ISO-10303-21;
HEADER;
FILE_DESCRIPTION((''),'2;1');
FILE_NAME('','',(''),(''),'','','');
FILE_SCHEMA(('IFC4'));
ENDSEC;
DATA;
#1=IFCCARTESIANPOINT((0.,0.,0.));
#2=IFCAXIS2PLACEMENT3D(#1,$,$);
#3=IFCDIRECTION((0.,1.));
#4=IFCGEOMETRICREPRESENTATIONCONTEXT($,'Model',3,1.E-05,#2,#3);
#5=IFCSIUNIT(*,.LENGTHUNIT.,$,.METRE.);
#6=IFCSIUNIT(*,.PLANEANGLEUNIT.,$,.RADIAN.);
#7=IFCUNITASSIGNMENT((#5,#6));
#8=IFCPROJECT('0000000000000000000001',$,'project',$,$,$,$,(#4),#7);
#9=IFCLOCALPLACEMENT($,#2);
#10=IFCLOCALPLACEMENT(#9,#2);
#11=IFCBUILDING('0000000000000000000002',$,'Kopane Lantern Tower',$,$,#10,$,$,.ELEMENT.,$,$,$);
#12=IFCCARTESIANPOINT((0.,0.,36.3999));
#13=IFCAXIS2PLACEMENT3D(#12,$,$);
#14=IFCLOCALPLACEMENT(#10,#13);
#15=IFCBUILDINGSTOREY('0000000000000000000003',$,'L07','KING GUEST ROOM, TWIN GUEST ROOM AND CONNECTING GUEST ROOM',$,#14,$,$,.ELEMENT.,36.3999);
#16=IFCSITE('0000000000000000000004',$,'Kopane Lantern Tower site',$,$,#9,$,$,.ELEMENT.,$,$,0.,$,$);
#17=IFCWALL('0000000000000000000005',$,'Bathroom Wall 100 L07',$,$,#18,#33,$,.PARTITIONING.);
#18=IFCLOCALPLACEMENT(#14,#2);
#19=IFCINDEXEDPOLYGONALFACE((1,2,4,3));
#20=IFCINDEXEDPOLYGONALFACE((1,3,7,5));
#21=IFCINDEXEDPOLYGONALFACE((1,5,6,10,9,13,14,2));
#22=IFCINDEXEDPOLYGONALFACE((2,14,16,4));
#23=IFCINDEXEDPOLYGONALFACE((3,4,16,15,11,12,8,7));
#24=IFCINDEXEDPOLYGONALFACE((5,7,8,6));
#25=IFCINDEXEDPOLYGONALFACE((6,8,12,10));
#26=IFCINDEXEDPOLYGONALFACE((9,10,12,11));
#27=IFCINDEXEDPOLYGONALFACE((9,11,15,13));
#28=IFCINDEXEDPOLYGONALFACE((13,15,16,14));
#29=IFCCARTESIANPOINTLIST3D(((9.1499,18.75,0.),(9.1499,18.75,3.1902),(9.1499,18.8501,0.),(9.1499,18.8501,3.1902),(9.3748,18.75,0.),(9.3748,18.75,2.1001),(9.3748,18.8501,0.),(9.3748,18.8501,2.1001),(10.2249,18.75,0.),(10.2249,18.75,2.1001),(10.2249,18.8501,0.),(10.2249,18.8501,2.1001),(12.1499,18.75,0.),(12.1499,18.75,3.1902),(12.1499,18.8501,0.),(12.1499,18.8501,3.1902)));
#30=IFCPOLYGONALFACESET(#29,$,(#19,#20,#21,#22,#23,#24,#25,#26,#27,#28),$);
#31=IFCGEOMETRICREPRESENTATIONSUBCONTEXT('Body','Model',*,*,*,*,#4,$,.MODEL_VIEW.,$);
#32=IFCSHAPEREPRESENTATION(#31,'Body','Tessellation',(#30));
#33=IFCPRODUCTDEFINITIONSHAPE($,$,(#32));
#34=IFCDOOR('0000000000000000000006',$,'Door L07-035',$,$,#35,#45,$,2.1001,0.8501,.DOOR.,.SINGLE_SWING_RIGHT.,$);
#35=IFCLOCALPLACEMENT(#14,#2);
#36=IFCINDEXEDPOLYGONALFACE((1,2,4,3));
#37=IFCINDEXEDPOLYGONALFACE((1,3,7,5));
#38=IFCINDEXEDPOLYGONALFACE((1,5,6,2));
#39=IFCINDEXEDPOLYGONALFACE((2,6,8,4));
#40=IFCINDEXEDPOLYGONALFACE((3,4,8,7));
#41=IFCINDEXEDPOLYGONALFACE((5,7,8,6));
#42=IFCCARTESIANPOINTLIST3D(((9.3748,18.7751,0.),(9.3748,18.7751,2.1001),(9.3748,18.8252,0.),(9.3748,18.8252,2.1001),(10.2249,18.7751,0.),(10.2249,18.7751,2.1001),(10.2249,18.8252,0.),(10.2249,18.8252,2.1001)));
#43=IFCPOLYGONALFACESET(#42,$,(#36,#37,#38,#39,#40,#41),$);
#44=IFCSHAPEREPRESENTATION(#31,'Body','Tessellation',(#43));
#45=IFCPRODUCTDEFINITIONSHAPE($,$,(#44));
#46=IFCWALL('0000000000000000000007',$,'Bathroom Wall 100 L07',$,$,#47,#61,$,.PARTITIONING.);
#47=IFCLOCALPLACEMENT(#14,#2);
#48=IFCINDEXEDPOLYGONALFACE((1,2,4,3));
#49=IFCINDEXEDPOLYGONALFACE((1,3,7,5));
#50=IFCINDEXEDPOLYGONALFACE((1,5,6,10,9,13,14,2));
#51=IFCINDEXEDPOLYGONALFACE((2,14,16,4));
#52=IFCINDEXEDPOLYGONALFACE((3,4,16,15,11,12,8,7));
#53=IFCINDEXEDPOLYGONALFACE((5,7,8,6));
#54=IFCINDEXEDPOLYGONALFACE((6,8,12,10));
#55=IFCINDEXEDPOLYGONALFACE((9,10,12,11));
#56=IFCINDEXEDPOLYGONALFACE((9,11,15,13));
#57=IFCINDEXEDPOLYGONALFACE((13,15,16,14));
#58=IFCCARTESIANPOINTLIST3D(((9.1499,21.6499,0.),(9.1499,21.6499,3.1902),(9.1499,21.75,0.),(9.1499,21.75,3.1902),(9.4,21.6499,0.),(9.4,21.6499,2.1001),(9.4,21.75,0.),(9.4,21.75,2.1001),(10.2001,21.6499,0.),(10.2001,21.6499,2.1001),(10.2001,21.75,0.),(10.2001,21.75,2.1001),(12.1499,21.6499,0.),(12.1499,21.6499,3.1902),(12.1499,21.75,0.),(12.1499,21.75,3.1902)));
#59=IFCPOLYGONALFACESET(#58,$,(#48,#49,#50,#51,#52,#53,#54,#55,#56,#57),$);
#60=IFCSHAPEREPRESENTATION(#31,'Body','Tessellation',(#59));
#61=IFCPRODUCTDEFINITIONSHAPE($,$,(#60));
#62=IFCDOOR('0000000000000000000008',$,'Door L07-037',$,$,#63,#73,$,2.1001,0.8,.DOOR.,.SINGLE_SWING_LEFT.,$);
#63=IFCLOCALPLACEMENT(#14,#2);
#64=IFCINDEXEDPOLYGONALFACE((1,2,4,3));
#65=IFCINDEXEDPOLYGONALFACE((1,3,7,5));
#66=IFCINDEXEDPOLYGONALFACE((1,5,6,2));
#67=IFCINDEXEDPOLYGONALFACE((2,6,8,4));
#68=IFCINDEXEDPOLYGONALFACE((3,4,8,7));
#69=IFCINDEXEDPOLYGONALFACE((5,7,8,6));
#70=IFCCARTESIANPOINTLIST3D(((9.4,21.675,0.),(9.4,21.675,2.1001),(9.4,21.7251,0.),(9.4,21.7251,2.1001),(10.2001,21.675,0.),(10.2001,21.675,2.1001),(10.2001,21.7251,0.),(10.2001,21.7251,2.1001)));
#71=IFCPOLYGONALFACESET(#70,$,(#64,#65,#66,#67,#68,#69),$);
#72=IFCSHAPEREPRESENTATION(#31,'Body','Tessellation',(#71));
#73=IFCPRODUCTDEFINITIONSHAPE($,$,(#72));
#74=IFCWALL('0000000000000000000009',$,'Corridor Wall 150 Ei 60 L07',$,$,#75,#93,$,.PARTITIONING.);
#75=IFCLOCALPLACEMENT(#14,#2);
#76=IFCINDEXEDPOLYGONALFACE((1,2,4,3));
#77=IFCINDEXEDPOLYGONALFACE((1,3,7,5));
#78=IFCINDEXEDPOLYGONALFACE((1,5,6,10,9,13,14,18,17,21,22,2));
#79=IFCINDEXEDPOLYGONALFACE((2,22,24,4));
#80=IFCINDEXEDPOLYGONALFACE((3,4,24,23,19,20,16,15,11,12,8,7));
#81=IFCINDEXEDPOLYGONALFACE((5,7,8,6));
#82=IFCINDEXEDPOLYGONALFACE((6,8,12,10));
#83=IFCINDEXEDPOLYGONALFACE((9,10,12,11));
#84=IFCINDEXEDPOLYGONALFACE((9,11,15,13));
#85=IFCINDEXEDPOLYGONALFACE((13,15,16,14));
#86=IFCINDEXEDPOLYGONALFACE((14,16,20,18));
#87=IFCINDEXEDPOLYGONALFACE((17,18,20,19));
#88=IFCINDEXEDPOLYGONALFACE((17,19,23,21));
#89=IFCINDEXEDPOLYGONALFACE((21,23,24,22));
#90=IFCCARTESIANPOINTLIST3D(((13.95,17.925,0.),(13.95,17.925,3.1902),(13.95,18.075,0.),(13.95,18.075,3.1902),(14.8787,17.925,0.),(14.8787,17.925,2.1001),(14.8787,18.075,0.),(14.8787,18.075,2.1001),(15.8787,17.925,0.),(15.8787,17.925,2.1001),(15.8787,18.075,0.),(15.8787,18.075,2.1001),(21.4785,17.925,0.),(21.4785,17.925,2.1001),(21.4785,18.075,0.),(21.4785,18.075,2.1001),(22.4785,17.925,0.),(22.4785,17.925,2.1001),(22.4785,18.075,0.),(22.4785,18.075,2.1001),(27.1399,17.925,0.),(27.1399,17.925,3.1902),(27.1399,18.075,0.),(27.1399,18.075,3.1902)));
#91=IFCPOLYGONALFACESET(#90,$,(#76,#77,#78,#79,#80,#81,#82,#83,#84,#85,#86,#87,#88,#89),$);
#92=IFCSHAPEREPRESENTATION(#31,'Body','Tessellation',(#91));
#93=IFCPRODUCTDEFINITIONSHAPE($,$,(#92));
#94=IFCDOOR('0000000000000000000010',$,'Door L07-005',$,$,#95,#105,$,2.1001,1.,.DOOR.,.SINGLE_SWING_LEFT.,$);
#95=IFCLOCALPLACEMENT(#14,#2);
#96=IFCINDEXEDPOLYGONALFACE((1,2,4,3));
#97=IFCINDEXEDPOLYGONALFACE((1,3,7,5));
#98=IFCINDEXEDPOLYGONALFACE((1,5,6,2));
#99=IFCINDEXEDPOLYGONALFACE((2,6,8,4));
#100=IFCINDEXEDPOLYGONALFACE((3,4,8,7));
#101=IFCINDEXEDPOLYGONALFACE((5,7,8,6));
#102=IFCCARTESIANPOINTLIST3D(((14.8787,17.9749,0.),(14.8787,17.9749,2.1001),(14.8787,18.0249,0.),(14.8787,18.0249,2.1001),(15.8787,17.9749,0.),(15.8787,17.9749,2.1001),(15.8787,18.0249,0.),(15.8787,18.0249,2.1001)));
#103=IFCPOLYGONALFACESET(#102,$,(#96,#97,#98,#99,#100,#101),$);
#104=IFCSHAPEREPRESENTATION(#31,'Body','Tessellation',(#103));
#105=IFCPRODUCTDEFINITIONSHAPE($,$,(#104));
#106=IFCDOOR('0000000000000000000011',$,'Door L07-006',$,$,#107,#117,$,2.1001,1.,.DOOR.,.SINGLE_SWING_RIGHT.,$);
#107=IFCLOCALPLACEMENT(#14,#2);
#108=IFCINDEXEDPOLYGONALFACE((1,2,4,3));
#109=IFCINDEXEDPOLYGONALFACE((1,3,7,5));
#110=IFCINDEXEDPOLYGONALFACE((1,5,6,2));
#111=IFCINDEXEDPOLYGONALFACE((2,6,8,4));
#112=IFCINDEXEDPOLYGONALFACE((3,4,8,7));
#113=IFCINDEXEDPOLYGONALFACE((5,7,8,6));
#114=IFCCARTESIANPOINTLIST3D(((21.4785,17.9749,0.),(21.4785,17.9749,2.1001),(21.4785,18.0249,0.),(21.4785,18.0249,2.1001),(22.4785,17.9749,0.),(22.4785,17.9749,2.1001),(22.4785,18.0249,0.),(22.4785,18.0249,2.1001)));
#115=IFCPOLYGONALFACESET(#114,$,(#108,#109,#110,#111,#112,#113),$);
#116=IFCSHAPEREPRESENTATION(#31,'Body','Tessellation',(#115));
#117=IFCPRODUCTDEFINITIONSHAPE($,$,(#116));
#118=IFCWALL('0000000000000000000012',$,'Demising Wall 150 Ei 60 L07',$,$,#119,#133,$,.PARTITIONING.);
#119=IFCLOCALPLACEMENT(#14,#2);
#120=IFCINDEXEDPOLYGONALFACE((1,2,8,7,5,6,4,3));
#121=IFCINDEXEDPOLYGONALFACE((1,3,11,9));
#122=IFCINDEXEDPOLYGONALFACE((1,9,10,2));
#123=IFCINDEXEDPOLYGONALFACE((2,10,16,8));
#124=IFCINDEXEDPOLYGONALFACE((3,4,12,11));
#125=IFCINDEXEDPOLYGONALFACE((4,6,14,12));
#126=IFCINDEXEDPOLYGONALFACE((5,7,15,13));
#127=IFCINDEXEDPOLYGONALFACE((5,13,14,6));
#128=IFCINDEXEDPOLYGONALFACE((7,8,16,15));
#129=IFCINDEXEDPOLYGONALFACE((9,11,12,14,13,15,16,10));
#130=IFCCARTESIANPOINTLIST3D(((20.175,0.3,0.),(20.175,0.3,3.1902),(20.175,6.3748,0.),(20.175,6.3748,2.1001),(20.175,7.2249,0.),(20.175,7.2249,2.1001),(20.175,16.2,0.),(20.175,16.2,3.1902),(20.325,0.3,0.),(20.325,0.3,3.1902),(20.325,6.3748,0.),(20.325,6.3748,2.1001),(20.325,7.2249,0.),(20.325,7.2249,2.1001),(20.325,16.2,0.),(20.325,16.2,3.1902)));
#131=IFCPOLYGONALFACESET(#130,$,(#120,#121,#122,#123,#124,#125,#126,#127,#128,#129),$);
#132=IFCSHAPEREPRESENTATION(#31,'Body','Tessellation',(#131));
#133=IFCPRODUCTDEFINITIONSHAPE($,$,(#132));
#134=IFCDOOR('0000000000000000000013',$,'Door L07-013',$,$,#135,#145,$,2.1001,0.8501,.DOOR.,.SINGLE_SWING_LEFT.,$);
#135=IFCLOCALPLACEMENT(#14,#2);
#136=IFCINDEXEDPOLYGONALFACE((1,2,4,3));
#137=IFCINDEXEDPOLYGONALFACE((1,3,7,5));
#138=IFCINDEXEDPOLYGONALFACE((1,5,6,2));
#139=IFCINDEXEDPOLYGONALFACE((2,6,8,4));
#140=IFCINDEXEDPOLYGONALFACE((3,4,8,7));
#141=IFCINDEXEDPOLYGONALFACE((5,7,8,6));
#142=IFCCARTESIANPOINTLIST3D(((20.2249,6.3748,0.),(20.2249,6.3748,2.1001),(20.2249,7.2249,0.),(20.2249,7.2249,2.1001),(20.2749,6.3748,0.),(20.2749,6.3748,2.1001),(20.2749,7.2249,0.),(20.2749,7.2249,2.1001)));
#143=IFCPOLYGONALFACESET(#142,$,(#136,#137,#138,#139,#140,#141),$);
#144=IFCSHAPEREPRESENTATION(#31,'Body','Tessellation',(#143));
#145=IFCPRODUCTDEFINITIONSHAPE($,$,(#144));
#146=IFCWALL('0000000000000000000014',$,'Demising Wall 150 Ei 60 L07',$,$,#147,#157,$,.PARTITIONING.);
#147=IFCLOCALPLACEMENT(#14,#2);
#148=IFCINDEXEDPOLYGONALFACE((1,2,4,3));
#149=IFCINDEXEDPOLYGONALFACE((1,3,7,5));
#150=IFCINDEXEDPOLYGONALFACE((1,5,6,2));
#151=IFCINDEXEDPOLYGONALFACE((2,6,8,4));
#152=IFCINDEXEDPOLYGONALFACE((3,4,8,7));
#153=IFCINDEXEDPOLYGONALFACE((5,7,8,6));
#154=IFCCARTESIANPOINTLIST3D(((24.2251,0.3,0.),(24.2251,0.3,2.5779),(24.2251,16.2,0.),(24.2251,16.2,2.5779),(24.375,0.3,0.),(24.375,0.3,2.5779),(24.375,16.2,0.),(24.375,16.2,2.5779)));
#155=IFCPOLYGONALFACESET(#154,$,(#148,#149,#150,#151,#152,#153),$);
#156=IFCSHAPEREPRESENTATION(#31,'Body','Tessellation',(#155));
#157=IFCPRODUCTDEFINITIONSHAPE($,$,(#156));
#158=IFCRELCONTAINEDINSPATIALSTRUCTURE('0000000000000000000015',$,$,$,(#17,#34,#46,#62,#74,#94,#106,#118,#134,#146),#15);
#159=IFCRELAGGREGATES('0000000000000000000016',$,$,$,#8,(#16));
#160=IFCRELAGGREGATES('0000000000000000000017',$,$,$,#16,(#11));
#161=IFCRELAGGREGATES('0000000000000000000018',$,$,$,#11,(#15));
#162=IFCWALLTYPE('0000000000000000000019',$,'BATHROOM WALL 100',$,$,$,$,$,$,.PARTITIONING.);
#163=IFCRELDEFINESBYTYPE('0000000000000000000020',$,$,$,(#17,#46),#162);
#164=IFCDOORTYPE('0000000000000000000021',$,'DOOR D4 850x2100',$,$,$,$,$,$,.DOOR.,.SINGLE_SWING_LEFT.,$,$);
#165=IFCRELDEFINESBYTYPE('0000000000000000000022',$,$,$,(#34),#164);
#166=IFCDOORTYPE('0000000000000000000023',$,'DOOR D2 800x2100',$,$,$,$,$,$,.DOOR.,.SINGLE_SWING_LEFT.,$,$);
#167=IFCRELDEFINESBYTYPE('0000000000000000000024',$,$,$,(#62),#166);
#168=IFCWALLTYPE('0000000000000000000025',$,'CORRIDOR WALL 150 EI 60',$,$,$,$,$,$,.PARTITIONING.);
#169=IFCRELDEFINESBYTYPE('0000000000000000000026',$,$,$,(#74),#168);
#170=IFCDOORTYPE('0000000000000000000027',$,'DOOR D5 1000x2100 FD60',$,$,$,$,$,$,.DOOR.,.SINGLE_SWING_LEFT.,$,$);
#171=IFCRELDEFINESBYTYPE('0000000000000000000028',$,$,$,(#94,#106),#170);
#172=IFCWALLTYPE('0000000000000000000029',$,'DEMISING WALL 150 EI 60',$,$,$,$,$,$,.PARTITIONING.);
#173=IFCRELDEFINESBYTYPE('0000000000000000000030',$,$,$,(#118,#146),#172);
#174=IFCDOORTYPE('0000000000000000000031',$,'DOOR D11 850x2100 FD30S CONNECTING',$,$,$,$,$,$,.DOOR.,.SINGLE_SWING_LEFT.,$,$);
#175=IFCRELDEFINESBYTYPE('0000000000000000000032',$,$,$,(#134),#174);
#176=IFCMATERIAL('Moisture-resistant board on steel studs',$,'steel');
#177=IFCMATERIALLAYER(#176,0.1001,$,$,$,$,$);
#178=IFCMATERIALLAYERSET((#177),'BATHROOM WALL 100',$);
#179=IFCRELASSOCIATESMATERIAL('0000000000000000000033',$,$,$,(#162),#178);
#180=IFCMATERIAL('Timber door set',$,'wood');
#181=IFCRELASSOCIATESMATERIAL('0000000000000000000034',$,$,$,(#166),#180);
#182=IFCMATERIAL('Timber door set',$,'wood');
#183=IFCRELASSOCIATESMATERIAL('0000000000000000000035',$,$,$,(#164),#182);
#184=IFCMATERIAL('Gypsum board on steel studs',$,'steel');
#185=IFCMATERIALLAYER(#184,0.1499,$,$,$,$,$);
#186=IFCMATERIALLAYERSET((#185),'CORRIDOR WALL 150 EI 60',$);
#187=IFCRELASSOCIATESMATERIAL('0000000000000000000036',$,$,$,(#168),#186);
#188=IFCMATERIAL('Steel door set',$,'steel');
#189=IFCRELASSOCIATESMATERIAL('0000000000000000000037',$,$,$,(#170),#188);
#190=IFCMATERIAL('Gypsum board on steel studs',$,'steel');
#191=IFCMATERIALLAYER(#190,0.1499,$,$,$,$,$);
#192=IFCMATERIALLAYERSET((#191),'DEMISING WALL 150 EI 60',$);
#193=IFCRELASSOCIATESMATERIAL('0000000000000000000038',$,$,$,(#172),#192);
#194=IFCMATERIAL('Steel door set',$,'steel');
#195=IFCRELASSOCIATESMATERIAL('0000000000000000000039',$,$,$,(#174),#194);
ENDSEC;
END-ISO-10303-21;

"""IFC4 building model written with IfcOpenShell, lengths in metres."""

from ifc_helpers import new_model, si_unit, direction, frame, frame_2d, origin, place, context, subcontext, project, spatial, rectangle, extrude, material, layer, layer_set, type_object, element, fill, save


model = new_model("IFC4")

# Units and contexts
model_context = context("Model", 3, precision=1e-05, world=origin(), true_north=direction((0.0, 1.0)))
body_context = subcontext(model_context, "Body", "Model", "MODEL_VIEW")
ifc_project = project(units=[si_unit("LENGTHUNIT", "METRE"), si_unit("PLANEANGLEUNIT", "RADIAN")], contexts=[model_context])

# Site, building, storey
site_placement = place(None, origin())
site = spatial("IfcSite", under=ifc_project, at=site_placement, Name="Kopane Lantern Tower site", CompositionType="ELEMENT", RefElevation=0.0)
building_placement = place(site_placement, origin())
building = spatial("IfcBuilding", under=site, at=building_placement, Name="Kopane Lantern Tower", CompositionType="ELEMENT")
storey_placement = place(building_placement, frame((0.0, 0.0, 36.3999)))
storey = spatial("IfcBuildingStorey", under=building, at=storey_placement, Name="L07", Description="KING GUEST ROOM, TWIN GUEST ROOM AND CONNECTING GUEST ROOM", CompositionType="ELEMENT", Elevation=36.3999)

# Walls, openings, doors
ifc_material_1 = material(Name="Moisture-resistant board on steel studs", Category="steel")
ifc_layer_1 = layer(ifc_material_1, 0.1001)
ifc_layer_set_1 = layer_set([ifc_layer_1], Name="BATHROOM WALL 100")
wall_type_1 = type_object("IfcWallType", Name="BATHROOM WALL 100", PredefinedType="PARTITIONING", material=ifc_layer_set_1)
ifc_material_2 = material(Name="Timber door set", Category="wood")
door_type_1 = type_object("IfcDoorType", Name="DOOR D2 800x2100", OperationType="SINGLE_SWING_LEFT", PredefinedType="DOOR", material=ifc_material_2)
wall_1_placement = place(storey_placement, frame((12.1499, 18.8, 0.0), z_axis=(0.0, 0.0, 1.0), x_axis=(-1.0, 0.0, 0.0)))
wall_1 = element("IfcWall", 1, at=wall_1_placement, inside=storey, type_object=wall_type_1, Name="Bathroom Wall 100 L07", PredefinedType="PARTITIONING", context=body_context, shape_type="SweptSolid", body=[
    extrude(rectangle(XDim=3.0, YDim=0.1001, at=frame_2d((1.5, 0.0))), origin(), (0.0, 0.0, 1.0), 3.1902),
])
opening_1_placement = place(wall_1_placement, frame((1.925, 0.0, 0.0)))
opening_1 = element("IfcOpeningElement", 2, at=opening_1_placement, cuts=wall_1, PredefinedType="OPENING", context=body_context, shape_type="SweptSolid", body=[
    extrude(rectangle(XDim=0.8501, YDim=2.1001, at=frame_2d((0.425, 1.05))), frame((0.0, 0.0601, 0.0), z_axis=(0.0, -1.0, 0.0), x_axis=(1.0, 0.0, 0.0)), (0.0, 0.0, 1.0), 0.1201),
])
ifc_material_3 = material(Name="Timber door set", Category="wood")
door_type_2 = type_object("IfcDoorType", Name="DOOR D4 850x2100", OperationType="SINGLE_SWING_LEFT", PredefinedType="DOOR", material=ifc_material_3)
door_1_placement = place(opening_1_placement, origin())
door_1 = element("IfcDoor", 3, at=door_1_placement, inside=storey, type_object=door_type_2, Name="Door L07-035", OperationType="SINGLE_SWING_RIGHT", OverallHeight=2.1001, OverallWidth=0.8501, PredefinedType="DOOR", context=body_context, shape_type="SweptSolid", body=[
    extrude(rectangle(XDim=0.8501, YDim=2.1001, at=frame_2d((0.425, 1.05))), frame((0.0, 0.0249, 0.0), z_axis=(0.0, -1.0, 0.0), x_axis=(1.0, 0.0, 0.0)), (0.0, 0.0, 1.0), 0.05),
])
fill(opening_1, door_1)
wall_2_placement = place(storey_placement, frame((12.1499, 21.7, 0.0), z_axis=(0.0, 0.0, 1.0), x_axis=(-1.0, 0.0, 0.0)))
wall_2 = element("IfcWall", 4, at=wall_2_placement, inside=storey, type_object=wall_type_1, Name="Bathroom Wall 100 L07", PredefinedType="PARTITIONING", context=body_context, shape_type="SweptSolid", body=[
    extrude(rectangle(XDim=3.0, YDim=0.1001, at=frame_2d((1.5, 0.0))), origin(), (0.0, 0.0, 1.0), 3.1902),
])
opening_2_placement = place(wall_2_placement, frame((1.95, 0.0, 0.0)))
opening_2 = element("IfcOpeningElement", 5, at=opening_2_placement, cuts=wall_2, PredefinedType="OPENING", context=body_context, shape_type="SweptSolid", body=[
    extrude(rectangle(XDim=0.8, YDim=2.1001, at=frame_2d((0.3999, 1.05))), frame((0.0, 0.0601, 0.0), z_axis=(0.0, -1.0, 0.0), x_axis=(1.0, 0.0, 0.0)), (0.0, 0.0, 1.0), 0.1201),
])
door_2_placement = place(opening_2_placement, origin())
door_2 = element("IfcDoor", 6, at=door_2_placement, inside=storey, type_object=door_type_1, Name="Door L07-037", OperationType="SINGLE_SWING_LEFT", OverallHeight=2.1001, OverallWidth=0.8, PredefinedType="DOOR", context=body_context, shape_type="SweptSolid", body=[
    extrude(rectangle(XDim=0.8, YDim=2.1001, at=frame_2d((0.3999, 1.05))), frame((0.0, 0.0249, 0.0), z_axis=(0.0, -1.0, 0.0), x_axis=(1.0, 0.0, 0.0)), (0.0, 0.0, 1.0), 0.05),
])
fill(opening_2, door_2)

# Wall, openings, doors
ifc_material_4 = material(Name="Gypsum board on steel studs", Category="steel")
ifc_layer_2 = layer(ifc_material_4, 0.1499)
ifc_layer_set_2 = layer_set([ifc_layer_2], Name="CORRIDOR WALL 150 EI 60")
wall_type_2 = type_object("IfcWallType", Name="CORRIDOR WALL 150 EI 60", PredefinedType="PARTITIONING", material=ifc_layer_set_2)
wall_3_placement = place(storey_placement, frame((13.95, 18.0, 0.0), z_axis=(0.0, 0.0, 1.0), x_axis=(1.0, 0.0, 0.0)))
wall_3 = element("IfcWall", 7, at=wall_3_placement, inside=storey, type_object=wall_type_2, Name="Corridor Wall 150 Ei 60 L07", PredefinedType="PARTITIONING", context=body_context, shape_type="SweptSolid", body=[
    extrude(rectangle(XDim=13.1899, YDim=0.1499, at=frame_2d((6.595, 0.0))), origin(), (0.0, 0.0, 1.0), 3.1902),
])
opening_3_placement = place(wall_3_placement, frame((0.9287, 0.0, 0.0)))
opening_3 = element("IfcOpeningElement", 8, at=opening_3_placement, cuts=wall_3, PredefinedType="OPENING", context=body_context, shape_type="SweptSolid", body=[
    extrude(rectangle(XDim=1.0, YDim=2.1001, at=frame_2d((0.5, 1.05))), frame((0.0, 0.085, 0.0), z_axis=(0.0, -1.0, 0.0), x_axis=(1.0, 0.0, 0.0)), (0.0, 0.0, 1.0), 0.1699),
])
opening_4_placement = place(wall_3_placement, frame((7.5286, 0.0, 0.0)))
opening_4 = element("IfcOpeningElement", 9, at=opening_4_placement, cuts=wall_3, PredefinedType="OPENING", context=body_context, shape_type="SweptSolid", body=[
    extrude(rectangle(XDim=1.0, YDim=2.1001, at=frame_2d((0.5, 1.05))), frame((0.0, 0.085, 0.0), z_axis=(0.0, -1.0, 0.0), x_axis=(1.0, 0.0, 0.0)), (0.0, 0.0, 1.0), 0.1699),
])
ifc_material_5 = material(Name="Steel door set", Category="steel")
door_type_3 = type_object("IfcDoorType", Name="DOOR D5 1000x2100 FD60", OperationType="SINGLE_SWING_LEFT", PredefinedType="DOOR", material=ifc_material_5)
door_3_placement = place(opening_3_placement, origin())
door_3 = element("IfcDoor", 10, at=door_3_placement, inside=storey, type_object=door_type_3, Name="Door L07-005", OperationType="SINGLE_SWING_LEFT", OverallHeight=2.1001, OverallWidth=1.0, PredefinedType="DOOR", context=body_context, shape_type="SweptSolid", body=[
    extrude(rectangle(XDim=1.0, YDim=2.1001, at=frame_2d((0.5, 1.05))), frame((0.0, 0.0249, 0.0), z_axis=(0.0, -1.0, 0.0), x_axis=(1.0, 0.0, 0.0)), (0.0, 0.0, 1.0), 0.05),
])
fill(opening_3, door_3)
door_4_placement = place(opening_4_placement, origin())
door_4 = element("IfcDoor", 11, at=door_4_placement, inside=storey, type_object=door_type_3, Name="Door L07-006", OperationType="SINGLE_SWING_RIGHT", OverallHeight=2.1001, OverallWidth=1.0, PredefinedType="DOOR", context=body_context, shape_type="SweptSolid", body=[
    extrude(rectangle(XDim=1.0, YDim=2.1001, at=frame_2d((0.5, 1.05))), frame((0.0, 0.0249, 0.0), z_axis=(0.0, -1.0, 0.0), x_axis=(1.0, 0.0, 0.0)), (0.0, 0.0, 1.0), 0.05),
])
fill(opening_4, door_4)

# Wall, opening, door
ifc_material_6 = material(Name="Gypsum board on steel studs", Category="steel")
ifc_layer_3 = layer(ifc_material_6, 0.1499)
ifc_layer_set_3 = layer_set([ifc_layer_3], Name="DEMISING WALL 150 EI 60")
wall_type_3 = type_object("IfcWallType", Name="DEMISING WALL 150 EI 60", PredefinedType="PARTITIONING", material=ifc_layer_set_3)
wall_4_placement = place(storey_placement, frame((20.25, 16.2, 0.0), z_axis=(0.0, 0.0, 1.0), x_axis=(0.0, -1.0, 0.0)))
wall_4 = element("IfcWall", 12, at=wall_4_placement, inside=storey, type_object=wall_type_3, Name="Demising Wall 150 Ei 60 L07", PredefinedType="PARTITIONING", context=body_context, shape_type="SweptSolid", body=[
    extrude(rectangle(XDim=15.8999, YDim=0.1499, at=frame_2d((7.95, 0.0))), origin(), (0.0, 0.0, 1.0), 3.1902),
])
opening_5_placement = place(wall_4_placement, frame((8.9751, 0.0, 0.0)))
opening_5 = element("IfcOpeningElement", 13, at=opening_5_placement, cuts=wall_4, PredefinedType="OPENING", context=body_context, shape_type="SweptSolid", body=[
    extrude(rectangle(XDim=0.8501, YDim=2.1001, at=frame_2d((0.425, 1.05))), frame((0.0, 0.085, 0.0), z_axis=(0.0, -1.0, 0.0), x_axis=(1.0, 0.0, 0.0)), (0.0, 0.0, 1.0), 0.1699),
])
ifc_material_7 = material(Name="Steel door set", Category="steel")
door_type_4 = type_object("IfcDoorType", Name="DOOR D11 850x2100 FD30S CONNECTING", OperationType="SINGLE_SWING_LEFT", PredefinedType="DOOR", material=ifc_material_7)
door_5_placement = place(opening_5_placement, origin())
door_5 = element("IfcDoor", 14, at=door_5_placement, inside=storey, type_object=door_type_4, Name="Door L07-013", OperationType="SINGLE_SWING_LEFT", OverallHeight=2.1001, OverallWidth=0.8501, PredefinedType="DOOR", context=body_context, shape_type="SweptSolid", body=[
    extrude(rectangle(XDim=0.8501, YDim=2.1001, at=frame_2d((0.425, 1.05))), frame((0.0, 0.0249, 0.0), z_axis=(0.0, -1.0, 0.0), x_axis=(1.0, 0.0, 0.0)), (0.0, 0.0, 1.0), 0.05),
])
fill(opening_5, door_5)

# Wall
wall_5_placement = place(storey_placement, frame((24.3, 16.2, 0.0), z_axis=(0.0, 0.0, 1.0), x_axis=(0.0, -1.0, 0.0)))
element("IfcWall", 15, at=wall_5_placement, inside=storey, type_object=wall_type_3, Name="Demising Wall 150 Ei 60 L07", PredefinedType="PARTITIONING", context=body_context, shape_type="SweptSolid", body=[
    extrude(rectangle(XDim=15.8999, YDim=0.1499, at=frame_2d((7.95, 0.0))), origin(), (0.0, 0.0, 1.0), 2.5779),
])

save(model, "model.ifc")
